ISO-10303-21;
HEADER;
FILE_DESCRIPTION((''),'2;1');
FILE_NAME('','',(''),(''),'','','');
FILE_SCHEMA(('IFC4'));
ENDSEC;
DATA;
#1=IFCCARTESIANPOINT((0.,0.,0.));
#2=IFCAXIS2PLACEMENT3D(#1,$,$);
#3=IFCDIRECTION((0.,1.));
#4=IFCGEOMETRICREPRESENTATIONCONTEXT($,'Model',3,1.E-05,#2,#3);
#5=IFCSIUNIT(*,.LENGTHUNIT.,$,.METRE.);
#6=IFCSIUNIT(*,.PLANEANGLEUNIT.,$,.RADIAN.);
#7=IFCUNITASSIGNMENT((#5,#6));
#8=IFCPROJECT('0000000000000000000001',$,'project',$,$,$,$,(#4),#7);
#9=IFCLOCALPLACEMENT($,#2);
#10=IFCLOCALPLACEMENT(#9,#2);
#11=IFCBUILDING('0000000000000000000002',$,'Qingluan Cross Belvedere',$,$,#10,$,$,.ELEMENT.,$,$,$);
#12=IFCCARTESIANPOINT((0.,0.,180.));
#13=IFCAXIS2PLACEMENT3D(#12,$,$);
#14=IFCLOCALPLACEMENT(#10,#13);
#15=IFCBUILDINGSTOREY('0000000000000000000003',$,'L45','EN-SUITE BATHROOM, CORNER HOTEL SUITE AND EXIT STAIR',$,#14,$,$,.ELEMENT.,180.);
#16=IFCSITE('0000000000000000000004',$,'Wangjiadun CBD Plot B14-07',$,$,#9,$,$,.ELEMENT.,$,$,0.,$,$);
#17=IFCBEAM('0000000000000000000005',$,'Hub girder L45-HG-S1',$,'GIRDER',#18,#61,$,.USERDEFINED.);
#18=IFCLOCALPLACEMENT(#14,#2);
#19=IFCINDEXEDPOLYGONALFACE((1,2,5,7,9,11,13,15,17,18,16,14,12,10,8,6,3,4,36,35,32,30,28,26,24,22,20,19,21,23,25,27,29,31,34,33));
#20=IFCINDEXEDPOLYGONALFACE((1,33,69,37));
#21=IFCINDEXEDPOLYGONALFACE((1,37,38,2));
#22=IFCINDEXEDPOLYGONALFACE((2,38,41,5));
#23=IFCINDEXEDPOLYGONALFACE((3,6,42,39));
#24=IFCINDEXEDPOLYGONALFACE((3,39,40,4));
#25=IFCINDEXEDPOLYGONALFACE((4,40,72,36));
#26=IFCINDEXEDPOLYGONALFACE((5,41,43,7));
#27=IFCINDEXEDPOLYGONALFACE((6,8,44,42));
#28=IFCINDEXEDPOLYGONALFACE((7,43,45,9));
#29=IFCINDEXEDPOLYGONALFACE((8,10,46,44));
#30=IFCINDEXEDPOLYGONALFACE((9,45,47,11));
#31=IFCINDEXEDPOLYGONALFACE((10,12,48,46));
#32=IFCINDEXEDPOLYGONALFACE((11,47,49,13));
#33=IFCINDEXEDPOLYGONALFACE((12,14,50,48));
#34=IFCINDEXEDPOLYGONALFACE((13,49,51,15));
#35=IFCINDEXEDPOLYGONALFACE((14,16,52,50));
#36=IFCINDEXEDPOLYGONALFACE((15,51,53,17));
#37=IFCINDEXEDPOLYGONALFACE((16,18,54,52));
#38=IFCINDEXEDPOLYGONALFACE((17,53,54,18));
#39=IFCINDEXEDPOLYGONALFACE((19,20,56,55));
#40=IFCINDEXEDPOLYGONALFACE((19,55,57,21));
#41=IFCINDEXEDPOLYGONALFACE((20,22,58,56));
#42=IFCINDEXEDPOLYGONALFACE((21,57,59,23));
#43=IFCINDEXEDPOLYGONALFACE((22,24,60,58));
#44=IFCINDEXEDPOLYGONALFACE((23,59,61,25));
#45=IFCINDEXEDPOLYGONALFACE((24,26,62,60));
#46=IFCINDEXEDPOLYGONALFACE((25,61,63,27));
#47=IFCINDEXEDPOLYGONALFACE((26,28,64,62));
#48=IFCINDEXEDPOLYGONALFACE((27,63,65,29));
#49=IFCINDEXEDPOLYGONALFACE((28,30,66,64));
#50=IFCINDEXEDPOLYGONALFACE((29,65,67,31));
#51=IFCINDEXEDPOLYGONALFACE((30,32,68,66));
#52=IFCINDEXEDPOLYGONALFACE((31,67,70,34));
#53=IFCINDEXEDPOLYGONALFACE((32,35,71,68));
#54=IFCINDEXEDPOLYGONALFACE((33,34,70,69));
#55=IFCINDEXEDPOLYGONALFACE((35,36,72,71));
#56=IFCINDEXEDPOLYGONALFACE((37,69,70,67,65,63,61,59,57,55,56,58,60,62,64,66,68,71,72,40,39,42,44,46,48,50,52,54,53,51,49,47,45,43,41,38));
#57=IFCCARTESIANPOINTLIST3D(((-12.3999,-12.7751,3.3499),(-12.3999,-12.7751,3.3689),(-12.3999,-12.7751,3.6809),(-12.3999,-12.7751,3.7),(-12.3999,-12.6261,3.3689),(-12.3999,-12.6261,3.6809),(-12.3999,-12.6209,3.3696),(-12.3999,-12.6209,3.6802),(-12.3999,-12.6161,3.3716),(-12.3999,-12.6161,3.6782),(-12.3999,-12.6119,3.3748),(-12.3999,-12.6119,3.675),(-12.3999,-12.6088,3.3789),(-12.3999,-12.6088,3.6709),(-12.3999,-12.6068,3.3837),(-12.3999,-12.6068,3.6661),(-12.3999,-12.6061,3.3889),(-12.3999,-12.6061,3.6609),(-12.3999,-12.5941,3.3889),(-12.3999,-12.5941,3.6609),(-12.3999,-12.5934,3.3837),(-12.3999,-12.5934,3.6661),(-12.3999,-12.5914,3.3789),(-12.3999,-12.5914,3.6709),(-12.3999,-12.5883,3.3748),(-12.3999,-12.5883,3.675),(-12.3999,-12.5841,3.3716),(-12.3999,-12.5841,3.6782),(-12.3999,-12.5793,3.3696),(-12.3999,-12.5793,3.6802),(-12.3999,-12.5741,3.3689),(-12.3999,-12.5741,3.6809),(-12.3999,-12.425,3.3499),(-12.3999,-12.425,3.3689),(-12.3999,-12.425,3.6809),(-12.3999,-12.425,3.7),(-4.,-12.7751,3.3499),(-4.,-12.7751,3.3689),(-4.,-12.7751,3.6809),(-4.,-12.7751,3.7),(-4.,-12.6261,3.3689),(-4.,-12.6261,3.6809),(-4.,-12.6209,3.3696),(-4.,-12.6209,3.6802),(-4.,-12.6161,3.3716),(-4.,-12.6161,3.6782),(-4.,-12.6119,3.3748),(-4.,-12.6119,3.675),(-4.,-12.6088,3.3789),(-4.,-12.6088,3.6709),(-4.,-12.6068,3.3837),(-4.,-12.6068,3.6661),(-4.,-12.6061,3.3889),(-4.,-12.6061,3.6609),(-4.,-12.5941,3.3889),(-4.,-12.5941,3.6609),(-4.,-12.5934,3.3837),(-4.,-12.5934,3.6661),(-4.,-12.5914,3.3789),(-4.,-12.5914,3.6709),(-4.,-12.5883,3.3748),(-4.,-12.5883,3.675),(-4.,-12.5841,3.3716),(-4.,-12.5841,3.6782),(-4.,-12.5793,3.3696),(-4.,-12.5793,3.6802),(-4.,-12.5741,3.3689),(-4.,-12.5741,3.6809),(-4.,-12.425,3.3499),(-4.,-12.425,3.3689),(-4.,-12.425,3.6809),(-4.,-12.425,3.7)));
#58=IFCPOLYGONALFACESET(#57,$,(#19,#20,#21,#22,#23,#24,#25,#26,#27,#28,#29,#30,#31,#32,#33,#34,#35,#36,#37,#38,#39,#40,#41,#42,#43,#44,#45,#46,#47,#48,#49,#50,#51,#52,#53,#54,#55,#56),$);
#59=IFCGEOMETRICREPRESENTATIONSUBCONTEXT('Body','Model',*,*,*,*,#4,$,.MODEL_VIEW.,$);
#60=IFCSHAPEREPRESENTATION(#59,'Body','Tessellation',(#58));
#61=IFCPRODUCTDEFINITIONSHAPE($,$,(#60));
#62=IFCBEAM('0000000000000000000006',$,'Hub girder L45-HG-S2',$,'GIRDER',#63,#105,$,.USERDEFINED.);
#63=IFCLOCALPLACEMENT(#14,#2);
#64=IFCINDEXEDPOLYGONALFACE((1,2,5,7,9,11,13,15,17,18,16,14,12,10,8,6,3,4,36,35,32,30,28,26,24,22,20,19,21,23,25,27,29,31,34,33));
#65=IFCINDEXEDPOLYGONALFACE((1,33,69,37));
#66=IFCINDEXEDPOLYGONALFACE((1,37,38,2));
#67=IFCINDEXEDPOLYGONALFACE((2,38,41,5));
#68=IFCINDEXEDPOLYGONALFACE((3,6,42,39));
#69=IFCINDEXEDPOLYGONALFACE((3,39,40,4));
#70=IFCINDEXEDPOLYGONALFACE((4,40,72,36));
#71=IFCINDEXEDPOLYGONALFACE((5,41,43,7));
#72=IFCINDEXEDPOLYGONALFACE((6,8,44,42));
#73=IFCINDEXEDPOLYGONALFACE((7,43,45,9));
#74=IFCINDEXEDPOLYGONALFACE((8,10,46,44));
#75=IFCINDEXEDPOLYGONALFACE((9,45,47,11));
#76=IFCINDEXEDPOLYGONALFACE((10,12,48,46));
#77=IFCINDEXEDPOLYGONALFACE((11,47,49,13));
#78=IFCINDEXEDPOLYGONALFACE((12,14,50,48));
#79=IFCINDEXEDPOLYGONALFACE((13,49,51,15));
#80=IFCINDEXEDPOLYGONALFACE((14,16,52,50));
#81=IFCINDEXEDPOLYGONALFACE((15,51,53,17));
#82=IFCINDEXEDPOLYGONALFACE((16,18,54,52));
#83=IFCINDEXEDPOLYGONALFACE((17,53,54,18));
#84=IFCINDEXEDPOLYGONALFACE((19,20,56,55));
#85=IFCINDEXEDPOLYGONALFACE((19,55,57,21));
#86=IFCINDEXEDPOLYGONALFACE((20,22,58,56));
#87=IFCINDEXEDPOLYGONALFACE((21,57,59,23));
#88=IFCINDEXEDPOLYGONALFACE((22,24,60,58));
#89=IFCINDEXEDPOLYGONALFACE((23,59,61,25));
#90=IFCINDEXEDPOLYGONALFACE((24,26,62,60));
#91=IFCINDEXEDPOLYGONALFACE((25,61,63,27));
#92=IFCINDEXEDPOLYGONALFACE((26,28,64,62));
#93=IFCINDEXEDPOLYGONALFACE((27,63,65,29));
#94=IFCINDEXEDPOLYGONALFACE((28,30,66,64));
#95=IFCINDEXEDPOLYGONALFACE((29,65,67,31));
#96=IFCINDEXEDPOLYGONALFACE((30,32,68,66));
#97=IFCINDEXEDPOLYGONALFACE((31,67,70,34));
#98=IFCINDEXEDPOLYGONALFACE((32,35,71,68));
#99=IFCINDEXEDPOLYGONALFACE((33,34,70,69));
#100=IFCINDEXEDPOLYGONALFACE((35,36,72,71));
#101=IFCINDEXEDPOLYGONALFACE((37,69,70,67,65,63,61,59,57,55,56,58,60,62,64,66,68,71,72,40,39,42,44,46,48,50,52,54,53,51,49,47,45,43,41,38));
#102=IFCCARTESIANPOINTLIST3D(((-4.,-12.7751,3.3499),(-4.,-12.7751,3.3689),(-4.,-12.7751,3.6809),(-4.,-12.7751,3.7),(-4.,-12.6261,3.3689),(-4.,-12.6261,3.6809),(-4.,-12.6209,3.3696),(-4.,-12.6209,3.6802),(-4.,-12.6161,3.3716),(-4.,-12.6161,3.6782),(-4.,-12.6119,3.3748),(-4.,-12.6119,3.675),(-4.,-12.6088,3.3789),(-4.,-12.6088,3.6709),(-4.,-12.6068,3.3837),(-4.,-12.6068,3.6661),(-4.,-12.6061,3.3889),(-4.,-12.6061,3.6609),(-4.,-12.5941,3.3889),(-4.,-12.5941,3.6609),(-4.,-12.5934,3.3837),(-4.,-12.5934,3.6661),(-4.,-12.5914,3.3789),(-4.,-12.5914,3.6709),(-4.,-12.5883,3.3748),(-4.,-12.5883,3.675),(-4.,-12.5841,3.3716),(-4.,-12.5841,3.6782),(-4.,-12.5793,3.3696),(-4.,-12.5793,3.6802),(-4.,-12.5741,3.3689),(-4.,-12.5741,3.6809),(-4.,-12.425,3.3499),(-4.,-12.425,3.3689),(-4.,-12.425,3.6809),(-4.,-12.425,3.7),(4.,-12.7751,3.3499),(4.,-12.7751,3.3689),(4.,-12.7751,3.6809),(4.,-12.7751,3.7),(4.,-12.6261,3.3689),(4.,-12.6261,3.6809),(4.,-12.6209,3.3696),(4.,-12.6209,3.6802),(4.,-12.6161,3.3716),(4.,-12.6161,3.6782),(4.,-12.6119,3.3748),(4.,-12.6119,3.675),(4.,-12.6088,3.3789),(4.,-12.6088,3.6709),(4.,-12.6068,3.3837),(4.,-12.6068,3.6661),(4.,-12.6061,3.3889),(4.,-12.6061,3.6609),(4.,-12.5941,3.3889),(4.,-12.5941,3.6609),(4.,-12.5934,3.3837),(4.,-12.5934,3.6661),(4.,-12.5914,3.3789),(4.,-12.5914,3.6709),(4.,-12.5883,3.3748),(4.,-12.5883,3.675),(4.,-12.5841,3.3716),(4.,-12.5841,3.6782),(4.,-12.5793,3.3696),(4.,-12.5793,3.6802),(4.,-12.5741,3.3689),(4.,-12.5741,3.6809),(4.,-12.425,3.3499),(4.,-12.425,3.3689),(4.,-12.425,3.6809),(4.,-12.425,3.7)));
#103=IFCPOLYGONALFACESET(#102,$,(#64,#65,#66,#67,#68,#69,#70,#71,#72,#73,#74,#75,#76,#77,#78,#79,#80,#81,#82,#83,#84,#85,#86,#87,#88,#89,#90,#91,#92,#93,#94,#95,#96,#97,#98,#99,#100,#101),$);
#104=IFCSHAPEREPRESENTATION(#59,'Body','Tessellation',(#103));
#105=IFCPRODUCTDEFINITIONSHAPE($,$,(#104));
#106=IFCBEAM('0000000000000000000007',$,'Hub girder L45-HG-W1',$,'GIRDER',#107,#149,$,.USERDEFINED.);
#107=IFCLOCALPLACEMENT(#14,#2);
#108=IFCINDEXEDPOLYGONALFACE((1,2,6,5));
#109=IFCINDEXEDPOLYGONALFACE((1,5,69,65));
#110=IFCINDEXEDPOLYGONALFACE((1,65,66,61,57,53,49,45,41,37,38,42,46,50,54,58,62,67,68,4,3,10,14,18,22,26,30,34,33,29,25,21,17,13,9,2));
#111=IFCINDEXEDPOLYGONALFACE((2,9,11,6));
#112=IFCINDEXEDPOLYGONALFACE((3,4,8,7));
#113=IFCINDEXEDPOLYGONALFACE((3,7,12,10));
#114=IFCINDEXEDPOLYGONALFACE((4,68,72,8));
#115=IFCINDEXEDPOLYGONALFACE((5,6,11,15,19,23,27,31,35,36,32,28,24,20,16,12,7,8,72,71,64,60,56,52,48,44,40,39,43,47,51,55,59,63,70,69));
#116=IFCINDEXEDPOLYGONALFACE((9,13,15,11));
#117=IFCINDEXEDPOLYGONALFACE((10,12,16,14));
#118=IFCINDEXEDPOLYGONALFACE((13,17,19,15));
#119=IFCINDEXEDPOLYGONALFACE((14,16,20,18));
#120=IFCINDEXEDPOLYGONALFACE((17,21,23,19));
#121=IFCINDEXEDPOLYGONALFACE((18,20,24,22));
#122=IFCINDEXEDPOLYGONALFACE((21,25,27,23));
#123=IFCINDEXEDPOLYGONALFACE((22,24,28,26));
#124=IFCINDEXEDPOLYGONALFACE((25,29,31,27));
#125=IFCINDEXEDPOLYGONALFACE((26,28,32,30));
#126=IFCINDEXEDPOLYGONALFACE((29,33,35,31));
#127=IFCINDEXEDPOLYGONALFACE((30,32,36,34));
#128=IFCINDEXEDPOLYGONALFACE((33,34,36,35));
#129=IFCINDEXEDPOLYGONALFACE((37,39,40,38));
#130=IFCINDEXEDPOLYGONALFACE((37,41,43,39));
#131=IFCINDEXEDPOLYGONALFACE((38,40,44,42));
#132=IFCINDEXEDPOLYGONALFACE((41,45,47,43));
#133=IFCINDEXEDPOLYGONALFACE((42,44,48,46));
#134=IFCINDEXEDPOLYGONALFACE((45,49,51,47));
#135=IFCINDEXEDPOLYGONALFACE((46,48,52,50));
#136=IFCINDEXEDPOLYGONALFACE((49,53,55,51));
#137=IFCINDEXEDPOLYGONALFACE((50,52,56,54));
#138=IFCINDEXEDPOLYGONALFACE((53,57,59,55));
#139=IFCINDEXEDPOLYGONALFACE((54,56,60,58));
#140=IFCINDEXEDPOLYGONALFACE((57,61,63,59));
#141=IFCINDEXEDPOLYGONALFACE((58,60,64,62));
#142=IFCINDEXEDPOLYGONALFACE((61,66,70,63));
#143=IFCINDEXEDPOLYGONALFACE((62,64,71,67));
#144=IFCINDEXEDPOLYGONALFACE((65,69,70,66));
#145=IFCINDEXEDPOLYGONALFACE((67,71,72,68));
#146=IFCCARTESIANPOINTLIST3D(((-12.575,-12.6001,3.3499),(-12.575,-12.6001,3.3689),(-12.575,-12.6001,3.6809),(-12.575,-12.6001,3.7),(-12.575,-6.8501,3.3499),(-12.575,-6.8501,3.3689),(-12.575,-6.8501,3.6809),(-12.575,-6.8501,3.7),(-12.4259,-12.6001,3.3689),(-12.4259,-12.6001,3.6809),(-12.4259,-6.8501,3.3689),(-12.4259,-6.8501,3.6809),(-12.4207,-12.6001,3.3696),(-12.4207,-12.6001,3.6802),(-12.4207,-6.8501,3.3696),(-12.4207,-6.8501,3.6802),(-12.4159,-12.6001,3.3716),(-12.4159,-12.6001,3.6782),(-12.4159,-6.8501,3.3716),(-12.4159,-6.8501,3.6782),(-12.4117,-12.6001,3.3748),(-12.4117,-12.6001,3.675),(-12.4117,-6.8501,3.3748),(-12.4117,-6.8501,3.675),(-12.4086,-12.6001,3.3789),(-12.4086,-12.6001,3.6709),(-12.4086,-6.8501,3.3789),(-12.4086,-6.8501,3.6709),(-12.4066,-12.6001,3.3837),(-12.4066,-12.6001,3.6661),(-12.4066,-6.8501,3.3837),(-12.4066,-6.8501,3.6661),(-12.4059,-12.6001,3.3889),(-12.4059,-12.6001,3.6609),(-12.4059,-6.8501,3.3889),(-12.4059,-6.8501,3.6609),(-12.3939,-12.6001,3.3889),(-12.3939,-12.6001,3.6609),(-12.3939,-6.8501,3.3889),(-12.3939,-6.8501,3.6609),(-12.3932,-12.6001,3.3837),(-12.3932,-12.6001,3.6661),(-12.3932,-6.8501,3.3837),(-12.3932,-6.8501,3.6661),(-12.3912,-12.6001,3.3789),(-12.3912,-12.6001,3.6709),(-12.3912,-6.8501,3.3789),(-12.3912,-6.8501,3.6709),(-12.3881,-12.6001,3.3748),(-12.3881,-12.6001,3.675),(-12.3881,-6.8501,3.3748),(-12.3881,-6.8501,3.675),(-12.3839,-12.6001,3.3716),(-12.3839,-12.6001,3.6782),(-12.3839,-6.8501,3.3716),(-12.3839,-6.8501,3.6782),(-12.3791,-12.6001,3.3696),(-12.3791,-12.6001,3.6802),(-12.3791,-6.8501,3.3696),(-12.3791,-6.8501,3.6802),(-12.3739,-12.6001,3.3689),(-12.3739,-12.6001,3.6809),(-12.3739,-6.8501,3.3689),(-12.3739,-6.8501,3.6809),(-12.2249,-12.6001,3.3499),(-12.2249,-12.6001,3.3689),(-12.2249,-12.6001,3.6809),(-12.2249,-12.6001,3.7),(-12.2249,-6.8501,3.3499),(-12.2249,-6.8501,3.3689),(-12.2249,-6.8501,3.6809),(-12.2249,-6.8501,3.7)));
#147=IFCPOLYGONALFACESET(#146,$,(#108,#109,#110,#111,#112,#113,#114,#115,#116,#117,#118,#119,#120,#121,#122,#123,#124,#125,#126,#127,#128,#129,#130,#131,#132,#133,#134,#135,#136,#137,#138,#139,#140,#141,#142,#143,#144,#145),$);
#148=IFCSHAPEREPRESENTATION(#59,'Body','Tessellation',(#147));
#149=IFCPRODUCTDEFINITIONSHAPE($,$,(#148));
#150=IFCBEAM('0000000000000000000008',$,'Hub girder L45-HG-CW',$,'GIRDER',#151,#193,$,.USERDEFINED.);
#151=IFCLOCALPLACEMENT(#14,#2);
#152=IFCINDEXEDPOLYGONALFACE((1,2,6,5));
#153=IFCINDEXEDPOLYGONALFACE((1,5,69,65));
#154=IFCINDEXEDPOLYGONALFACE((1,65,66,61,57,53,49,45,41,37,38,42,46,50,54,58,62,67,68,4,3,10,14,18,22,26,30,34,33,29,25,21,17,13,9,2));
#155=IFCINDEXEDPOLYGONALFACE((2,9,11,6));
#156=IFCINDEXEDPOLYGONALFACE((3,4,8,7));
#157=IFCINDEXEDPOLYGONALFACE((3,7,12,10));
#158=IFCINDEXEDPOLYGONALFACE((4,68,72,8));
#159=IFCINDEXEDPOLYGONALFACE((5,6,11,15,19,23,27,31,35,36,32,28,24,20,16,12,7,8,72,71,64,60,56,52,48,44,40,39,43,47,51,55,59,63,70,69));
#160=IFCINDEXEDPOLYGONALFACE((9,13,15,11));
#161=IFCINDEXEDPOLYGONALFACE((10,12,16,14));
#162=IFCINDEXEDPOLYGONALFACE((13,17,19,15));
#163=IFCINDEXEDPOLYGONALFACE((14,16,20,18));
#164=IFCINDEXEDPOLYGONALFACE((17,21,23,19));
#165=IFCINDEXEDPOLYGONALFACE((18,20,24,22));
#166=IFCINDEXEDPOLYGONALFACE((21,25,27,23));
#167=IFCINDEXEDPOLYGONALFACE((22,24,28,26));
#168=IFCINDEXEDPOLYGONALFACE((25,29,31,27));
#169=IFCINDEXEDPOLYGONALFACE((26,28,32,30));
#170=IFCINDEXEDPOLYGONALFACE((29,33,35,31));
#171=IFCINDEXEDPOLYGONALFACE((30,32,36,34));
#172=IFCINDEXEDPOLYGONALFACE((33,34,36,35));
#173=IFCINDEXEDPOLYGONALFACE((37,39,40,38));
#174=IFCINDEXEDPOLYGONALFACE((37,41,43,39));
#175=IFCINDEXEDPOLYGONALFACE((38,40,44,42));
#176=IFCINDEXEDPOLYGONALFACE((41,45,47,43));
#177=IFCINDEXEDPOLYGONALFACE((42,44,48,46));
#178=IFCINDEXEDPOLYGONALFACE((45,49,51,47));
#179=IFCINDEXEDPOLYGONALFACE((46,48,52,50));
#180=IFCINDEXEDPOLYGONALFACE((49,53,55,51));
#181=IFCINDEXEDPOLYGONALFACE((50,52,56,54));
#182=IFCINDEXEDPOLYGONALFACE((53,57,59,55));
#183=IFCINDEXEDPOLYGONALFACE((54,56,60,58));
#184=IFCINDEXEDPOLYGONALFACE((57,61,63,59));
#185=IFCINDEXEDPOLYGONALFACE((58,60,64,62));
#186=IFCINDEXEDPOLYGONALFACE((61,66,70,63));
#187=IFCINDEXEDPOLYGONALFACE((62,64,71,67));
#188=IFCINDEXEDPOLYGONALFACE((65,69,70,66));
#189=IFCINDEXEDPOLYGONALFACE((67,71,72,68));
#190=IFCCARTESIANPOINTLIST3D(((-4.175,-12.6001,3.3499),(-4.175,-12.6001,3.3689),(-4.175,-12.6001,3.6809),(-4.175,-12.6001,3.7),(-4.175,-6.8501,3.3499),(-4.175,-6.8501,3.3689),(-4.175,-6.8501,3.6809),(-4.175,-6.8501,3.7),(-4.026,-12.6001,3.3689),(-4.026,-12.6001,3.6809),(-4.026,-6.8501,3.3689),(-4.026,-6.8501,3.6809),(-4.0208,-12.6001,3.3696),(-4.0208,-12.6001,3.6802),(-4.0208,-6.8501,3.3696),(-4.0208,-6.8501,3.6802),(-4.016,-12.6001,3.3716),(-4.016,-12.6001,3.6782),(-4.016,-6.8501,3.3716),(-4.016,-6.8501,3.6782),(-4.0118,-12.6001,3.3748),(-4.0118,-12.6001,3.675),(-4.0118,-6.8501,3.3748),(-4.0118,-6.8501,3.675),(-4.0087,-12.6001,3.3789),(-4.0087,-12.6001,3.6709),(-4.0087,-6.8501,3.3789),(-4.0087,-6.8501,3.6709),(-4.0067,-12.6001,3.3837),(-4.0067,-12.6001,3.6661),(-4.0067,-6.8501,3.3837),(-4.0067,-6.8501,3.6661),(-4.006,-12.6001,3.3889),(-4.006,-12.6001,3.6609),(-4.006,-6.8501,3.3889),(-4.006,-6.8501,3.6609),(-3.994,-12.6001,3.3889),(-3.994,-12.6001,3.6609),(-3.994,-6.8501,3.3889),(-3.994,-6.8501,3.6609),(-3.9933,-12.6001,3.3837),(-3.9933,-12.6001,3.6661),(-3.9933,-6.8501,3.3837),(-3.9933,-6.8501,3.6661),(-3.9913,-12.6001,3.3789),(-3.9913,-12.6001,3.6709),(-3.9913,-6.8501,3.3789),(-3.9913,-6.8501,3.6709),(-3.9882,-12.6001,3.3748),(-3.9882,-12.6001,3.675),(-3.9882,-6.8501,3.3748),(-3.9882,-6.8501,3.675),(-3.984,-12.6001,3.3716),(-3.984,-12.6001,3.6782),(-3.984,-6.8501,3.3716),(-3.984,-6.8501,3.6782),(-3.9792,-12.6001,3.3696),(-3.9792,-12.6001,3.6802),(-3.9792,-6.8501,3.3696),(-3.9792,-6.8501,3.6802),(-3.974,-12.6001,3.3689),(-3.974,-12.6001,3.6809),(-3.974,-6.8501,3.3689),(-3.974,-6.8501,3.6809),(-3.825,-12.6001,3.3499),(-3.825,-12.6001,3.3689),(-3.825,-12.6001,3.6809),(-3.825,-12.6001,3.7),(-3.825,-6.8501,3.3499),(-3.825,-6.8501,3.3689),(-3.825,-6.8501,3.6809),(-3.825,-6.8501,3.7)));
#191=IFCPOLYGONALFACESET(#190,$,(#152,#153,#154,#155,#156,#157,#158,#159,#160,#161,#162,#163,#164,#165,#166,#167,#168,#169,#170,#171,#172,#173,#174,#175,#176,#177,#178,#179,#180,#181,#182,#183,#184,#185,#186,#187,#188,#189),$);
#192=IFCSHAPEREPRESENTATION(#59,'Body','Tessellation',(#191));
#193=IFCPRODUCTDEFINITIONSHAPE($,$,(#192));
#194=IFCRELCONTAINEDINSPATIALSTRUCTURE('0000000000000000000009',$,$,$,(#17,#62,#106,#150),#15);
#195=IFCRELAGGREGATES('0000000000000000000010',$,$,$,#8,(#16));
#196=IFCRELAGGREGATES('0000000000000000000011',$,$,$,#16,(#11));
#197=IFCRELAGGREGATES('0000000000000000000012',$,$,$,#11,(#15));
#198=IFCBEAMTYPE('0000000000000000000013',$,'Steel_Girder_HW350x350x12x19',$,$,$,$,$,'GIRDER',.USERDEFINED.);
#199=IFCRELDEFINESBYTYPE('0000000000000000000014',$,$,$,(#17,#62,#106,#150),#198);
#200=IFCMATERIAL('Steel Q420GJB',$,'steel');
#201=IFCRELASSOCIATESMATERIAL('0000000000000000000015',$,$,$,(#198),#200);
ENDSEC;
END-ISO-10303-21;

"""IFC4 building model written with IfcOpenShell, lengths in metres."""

from ifc_helpers import new_model, si_unit, direction, frame, origin, origin_2d, place, context, subcontext, project, spatial, i_section, extrude, material, material_profile, profile_set, type_object, element, save


model = new_model("IFC4")

# Units and contexts
model_context = context("Model", 3, precision=1e-05, world=origin(), true_north=direction((0.0, 1.0)))
body_context = subcontext(model_context, "Body", "Model", "MODEL_VIEW")
ifc_project = project(units=[si_unit("LENGTHUNIT", "METRE"), si_unit("PLANEANGLEUNIT", "RADIAN")], contexts=[model_context])

# Site, building, storey
site_placement = place(None, origin())
site = spatial("IfcSite", under=ifc_project, at=site_placement, Name="Wangjiadun CBD Plot B14-07", CompositionType="ELEMENT", RefElevation=0.0)
building_placement = place(site_placement, origin())
building = spatial("IfcBuilding", under=site, at=building_placement, Name="Qingluan Cross Belvedere", CompositionType="ELEMENT")
storey_placement = place(building_placement, frame((0.0, 0.0, 180.0)))
storey = spatial("IfcBuildingStorey", under=building, at=storey_placement, Name="L45", Description="EN-SUITE BATHROOM, CORNER HOTEL SUITE AND EXIT STAIR", CompositionType="ELEMENT", Elevation=180.0)

# Beams
ifc_material_1 = material(Name="Steel Q420GJB", Category="steel")
ifc_material_profile_1 = material_profile(ifc_material_1, i_section(OverallWidth=0.3501, OverallDepth=0.3501, WebThickness=0.012, FlangeThickness=0.019, FilletRadius=0.02, at=origin_2d()), Name="HW350x350x12x19")
ifc_profile_set_1 = profile_set([ifc_material_profile_1], Name="Steel Q420GJB")
beam_type_1 = type_object("IfcBeamType", Name="Steel_Girder_HW350x350x12x19", ElementType="GIRDER", PredefinedType="USERDEFINED", material=ifc_profile_set_1)
beam_1_placement = place(storey_placement, frame((-12.3999, -12.6001, 3.5249), z_axis=(1.0, 0.0, 0.0), x_axis=(0.0, 1.0, 0.0)))
element("IfcBeam", 1, at=beam_1_placement, inside=storey, type_object=beam_type_1, Name="Hub girder L45-HG-S1", ObjectType="GIRDER", PredefinedType="USERDEFINED", context=body_context, shape_type="SweptSolid", body=[
    extrude(i_section(OverallWidth=0.3501, OverallDepth=0.3501, WebThickness=0.012, FlangeThickness=0.019, FilletRadius=0.02, at=origin_2d()), origin(), (0.0, 0.0, 1.0), 8.3999),
])
beam_2_placement = place(storey_placement, frame((-4.0, -12.6001, 3.5249), z_axis=(1.0, 0.0, 0.0), x_axis=(0.0, 1.0, 0.0)))
element("IfcBeam", 2, at=beam_2_placement, inside=storey, type_object=beam_type_1, Name="Hub girder L45-HG-S2", ObjectType="GIRDER", PredefinedType="USERDEFINED", context=body_context, shape_type="SweptSolid", body=[
    extrude(i_section(OverallWidth=0.3501, OverallDepth=0.3501, WebThickness=0.012, FlangeThickness=0.019, FilletRadius=0.02, at=origin_2d()), origin(), (0.0, 0.0, 1.0), 8.0),
])
for number, where, z_axis, x_axis, name in (
    (3, (-12.3999, -12.6001, 3.5249), (0.0, 1.0, 0.0), (-1.0, 0.0, 0.0), "Hub girder L45-HG-W1"),
    (4, (-4.0, -12.6001, 3.5249), (0.0, 1.0, 0.0), (-1.0, 0.0, 0.0), "Hub girder L45-HG-CW"),
):
    element("IfcBeam", number, at=place(storey_placement, frame(where, z_axis=z_axis, x_axis=x_axis)), inside=storey, type_object=beam_type_1, Name=name, ObjectType="GIRDER", PredefinedType="USERDEFINED", context=body_context, shape_type="SweptSolid", body=[
        extrude(i_section(OverallWidth=0.3501, OverallDepth=0.3501, WebThickness=0.012, FlangeThickness=0.019, FilletRadius=0.02, at=origin_2d()), origin(), (0.0, 0.0, 1.0), 5.75),
    ])

save(model, "model.ifc")
